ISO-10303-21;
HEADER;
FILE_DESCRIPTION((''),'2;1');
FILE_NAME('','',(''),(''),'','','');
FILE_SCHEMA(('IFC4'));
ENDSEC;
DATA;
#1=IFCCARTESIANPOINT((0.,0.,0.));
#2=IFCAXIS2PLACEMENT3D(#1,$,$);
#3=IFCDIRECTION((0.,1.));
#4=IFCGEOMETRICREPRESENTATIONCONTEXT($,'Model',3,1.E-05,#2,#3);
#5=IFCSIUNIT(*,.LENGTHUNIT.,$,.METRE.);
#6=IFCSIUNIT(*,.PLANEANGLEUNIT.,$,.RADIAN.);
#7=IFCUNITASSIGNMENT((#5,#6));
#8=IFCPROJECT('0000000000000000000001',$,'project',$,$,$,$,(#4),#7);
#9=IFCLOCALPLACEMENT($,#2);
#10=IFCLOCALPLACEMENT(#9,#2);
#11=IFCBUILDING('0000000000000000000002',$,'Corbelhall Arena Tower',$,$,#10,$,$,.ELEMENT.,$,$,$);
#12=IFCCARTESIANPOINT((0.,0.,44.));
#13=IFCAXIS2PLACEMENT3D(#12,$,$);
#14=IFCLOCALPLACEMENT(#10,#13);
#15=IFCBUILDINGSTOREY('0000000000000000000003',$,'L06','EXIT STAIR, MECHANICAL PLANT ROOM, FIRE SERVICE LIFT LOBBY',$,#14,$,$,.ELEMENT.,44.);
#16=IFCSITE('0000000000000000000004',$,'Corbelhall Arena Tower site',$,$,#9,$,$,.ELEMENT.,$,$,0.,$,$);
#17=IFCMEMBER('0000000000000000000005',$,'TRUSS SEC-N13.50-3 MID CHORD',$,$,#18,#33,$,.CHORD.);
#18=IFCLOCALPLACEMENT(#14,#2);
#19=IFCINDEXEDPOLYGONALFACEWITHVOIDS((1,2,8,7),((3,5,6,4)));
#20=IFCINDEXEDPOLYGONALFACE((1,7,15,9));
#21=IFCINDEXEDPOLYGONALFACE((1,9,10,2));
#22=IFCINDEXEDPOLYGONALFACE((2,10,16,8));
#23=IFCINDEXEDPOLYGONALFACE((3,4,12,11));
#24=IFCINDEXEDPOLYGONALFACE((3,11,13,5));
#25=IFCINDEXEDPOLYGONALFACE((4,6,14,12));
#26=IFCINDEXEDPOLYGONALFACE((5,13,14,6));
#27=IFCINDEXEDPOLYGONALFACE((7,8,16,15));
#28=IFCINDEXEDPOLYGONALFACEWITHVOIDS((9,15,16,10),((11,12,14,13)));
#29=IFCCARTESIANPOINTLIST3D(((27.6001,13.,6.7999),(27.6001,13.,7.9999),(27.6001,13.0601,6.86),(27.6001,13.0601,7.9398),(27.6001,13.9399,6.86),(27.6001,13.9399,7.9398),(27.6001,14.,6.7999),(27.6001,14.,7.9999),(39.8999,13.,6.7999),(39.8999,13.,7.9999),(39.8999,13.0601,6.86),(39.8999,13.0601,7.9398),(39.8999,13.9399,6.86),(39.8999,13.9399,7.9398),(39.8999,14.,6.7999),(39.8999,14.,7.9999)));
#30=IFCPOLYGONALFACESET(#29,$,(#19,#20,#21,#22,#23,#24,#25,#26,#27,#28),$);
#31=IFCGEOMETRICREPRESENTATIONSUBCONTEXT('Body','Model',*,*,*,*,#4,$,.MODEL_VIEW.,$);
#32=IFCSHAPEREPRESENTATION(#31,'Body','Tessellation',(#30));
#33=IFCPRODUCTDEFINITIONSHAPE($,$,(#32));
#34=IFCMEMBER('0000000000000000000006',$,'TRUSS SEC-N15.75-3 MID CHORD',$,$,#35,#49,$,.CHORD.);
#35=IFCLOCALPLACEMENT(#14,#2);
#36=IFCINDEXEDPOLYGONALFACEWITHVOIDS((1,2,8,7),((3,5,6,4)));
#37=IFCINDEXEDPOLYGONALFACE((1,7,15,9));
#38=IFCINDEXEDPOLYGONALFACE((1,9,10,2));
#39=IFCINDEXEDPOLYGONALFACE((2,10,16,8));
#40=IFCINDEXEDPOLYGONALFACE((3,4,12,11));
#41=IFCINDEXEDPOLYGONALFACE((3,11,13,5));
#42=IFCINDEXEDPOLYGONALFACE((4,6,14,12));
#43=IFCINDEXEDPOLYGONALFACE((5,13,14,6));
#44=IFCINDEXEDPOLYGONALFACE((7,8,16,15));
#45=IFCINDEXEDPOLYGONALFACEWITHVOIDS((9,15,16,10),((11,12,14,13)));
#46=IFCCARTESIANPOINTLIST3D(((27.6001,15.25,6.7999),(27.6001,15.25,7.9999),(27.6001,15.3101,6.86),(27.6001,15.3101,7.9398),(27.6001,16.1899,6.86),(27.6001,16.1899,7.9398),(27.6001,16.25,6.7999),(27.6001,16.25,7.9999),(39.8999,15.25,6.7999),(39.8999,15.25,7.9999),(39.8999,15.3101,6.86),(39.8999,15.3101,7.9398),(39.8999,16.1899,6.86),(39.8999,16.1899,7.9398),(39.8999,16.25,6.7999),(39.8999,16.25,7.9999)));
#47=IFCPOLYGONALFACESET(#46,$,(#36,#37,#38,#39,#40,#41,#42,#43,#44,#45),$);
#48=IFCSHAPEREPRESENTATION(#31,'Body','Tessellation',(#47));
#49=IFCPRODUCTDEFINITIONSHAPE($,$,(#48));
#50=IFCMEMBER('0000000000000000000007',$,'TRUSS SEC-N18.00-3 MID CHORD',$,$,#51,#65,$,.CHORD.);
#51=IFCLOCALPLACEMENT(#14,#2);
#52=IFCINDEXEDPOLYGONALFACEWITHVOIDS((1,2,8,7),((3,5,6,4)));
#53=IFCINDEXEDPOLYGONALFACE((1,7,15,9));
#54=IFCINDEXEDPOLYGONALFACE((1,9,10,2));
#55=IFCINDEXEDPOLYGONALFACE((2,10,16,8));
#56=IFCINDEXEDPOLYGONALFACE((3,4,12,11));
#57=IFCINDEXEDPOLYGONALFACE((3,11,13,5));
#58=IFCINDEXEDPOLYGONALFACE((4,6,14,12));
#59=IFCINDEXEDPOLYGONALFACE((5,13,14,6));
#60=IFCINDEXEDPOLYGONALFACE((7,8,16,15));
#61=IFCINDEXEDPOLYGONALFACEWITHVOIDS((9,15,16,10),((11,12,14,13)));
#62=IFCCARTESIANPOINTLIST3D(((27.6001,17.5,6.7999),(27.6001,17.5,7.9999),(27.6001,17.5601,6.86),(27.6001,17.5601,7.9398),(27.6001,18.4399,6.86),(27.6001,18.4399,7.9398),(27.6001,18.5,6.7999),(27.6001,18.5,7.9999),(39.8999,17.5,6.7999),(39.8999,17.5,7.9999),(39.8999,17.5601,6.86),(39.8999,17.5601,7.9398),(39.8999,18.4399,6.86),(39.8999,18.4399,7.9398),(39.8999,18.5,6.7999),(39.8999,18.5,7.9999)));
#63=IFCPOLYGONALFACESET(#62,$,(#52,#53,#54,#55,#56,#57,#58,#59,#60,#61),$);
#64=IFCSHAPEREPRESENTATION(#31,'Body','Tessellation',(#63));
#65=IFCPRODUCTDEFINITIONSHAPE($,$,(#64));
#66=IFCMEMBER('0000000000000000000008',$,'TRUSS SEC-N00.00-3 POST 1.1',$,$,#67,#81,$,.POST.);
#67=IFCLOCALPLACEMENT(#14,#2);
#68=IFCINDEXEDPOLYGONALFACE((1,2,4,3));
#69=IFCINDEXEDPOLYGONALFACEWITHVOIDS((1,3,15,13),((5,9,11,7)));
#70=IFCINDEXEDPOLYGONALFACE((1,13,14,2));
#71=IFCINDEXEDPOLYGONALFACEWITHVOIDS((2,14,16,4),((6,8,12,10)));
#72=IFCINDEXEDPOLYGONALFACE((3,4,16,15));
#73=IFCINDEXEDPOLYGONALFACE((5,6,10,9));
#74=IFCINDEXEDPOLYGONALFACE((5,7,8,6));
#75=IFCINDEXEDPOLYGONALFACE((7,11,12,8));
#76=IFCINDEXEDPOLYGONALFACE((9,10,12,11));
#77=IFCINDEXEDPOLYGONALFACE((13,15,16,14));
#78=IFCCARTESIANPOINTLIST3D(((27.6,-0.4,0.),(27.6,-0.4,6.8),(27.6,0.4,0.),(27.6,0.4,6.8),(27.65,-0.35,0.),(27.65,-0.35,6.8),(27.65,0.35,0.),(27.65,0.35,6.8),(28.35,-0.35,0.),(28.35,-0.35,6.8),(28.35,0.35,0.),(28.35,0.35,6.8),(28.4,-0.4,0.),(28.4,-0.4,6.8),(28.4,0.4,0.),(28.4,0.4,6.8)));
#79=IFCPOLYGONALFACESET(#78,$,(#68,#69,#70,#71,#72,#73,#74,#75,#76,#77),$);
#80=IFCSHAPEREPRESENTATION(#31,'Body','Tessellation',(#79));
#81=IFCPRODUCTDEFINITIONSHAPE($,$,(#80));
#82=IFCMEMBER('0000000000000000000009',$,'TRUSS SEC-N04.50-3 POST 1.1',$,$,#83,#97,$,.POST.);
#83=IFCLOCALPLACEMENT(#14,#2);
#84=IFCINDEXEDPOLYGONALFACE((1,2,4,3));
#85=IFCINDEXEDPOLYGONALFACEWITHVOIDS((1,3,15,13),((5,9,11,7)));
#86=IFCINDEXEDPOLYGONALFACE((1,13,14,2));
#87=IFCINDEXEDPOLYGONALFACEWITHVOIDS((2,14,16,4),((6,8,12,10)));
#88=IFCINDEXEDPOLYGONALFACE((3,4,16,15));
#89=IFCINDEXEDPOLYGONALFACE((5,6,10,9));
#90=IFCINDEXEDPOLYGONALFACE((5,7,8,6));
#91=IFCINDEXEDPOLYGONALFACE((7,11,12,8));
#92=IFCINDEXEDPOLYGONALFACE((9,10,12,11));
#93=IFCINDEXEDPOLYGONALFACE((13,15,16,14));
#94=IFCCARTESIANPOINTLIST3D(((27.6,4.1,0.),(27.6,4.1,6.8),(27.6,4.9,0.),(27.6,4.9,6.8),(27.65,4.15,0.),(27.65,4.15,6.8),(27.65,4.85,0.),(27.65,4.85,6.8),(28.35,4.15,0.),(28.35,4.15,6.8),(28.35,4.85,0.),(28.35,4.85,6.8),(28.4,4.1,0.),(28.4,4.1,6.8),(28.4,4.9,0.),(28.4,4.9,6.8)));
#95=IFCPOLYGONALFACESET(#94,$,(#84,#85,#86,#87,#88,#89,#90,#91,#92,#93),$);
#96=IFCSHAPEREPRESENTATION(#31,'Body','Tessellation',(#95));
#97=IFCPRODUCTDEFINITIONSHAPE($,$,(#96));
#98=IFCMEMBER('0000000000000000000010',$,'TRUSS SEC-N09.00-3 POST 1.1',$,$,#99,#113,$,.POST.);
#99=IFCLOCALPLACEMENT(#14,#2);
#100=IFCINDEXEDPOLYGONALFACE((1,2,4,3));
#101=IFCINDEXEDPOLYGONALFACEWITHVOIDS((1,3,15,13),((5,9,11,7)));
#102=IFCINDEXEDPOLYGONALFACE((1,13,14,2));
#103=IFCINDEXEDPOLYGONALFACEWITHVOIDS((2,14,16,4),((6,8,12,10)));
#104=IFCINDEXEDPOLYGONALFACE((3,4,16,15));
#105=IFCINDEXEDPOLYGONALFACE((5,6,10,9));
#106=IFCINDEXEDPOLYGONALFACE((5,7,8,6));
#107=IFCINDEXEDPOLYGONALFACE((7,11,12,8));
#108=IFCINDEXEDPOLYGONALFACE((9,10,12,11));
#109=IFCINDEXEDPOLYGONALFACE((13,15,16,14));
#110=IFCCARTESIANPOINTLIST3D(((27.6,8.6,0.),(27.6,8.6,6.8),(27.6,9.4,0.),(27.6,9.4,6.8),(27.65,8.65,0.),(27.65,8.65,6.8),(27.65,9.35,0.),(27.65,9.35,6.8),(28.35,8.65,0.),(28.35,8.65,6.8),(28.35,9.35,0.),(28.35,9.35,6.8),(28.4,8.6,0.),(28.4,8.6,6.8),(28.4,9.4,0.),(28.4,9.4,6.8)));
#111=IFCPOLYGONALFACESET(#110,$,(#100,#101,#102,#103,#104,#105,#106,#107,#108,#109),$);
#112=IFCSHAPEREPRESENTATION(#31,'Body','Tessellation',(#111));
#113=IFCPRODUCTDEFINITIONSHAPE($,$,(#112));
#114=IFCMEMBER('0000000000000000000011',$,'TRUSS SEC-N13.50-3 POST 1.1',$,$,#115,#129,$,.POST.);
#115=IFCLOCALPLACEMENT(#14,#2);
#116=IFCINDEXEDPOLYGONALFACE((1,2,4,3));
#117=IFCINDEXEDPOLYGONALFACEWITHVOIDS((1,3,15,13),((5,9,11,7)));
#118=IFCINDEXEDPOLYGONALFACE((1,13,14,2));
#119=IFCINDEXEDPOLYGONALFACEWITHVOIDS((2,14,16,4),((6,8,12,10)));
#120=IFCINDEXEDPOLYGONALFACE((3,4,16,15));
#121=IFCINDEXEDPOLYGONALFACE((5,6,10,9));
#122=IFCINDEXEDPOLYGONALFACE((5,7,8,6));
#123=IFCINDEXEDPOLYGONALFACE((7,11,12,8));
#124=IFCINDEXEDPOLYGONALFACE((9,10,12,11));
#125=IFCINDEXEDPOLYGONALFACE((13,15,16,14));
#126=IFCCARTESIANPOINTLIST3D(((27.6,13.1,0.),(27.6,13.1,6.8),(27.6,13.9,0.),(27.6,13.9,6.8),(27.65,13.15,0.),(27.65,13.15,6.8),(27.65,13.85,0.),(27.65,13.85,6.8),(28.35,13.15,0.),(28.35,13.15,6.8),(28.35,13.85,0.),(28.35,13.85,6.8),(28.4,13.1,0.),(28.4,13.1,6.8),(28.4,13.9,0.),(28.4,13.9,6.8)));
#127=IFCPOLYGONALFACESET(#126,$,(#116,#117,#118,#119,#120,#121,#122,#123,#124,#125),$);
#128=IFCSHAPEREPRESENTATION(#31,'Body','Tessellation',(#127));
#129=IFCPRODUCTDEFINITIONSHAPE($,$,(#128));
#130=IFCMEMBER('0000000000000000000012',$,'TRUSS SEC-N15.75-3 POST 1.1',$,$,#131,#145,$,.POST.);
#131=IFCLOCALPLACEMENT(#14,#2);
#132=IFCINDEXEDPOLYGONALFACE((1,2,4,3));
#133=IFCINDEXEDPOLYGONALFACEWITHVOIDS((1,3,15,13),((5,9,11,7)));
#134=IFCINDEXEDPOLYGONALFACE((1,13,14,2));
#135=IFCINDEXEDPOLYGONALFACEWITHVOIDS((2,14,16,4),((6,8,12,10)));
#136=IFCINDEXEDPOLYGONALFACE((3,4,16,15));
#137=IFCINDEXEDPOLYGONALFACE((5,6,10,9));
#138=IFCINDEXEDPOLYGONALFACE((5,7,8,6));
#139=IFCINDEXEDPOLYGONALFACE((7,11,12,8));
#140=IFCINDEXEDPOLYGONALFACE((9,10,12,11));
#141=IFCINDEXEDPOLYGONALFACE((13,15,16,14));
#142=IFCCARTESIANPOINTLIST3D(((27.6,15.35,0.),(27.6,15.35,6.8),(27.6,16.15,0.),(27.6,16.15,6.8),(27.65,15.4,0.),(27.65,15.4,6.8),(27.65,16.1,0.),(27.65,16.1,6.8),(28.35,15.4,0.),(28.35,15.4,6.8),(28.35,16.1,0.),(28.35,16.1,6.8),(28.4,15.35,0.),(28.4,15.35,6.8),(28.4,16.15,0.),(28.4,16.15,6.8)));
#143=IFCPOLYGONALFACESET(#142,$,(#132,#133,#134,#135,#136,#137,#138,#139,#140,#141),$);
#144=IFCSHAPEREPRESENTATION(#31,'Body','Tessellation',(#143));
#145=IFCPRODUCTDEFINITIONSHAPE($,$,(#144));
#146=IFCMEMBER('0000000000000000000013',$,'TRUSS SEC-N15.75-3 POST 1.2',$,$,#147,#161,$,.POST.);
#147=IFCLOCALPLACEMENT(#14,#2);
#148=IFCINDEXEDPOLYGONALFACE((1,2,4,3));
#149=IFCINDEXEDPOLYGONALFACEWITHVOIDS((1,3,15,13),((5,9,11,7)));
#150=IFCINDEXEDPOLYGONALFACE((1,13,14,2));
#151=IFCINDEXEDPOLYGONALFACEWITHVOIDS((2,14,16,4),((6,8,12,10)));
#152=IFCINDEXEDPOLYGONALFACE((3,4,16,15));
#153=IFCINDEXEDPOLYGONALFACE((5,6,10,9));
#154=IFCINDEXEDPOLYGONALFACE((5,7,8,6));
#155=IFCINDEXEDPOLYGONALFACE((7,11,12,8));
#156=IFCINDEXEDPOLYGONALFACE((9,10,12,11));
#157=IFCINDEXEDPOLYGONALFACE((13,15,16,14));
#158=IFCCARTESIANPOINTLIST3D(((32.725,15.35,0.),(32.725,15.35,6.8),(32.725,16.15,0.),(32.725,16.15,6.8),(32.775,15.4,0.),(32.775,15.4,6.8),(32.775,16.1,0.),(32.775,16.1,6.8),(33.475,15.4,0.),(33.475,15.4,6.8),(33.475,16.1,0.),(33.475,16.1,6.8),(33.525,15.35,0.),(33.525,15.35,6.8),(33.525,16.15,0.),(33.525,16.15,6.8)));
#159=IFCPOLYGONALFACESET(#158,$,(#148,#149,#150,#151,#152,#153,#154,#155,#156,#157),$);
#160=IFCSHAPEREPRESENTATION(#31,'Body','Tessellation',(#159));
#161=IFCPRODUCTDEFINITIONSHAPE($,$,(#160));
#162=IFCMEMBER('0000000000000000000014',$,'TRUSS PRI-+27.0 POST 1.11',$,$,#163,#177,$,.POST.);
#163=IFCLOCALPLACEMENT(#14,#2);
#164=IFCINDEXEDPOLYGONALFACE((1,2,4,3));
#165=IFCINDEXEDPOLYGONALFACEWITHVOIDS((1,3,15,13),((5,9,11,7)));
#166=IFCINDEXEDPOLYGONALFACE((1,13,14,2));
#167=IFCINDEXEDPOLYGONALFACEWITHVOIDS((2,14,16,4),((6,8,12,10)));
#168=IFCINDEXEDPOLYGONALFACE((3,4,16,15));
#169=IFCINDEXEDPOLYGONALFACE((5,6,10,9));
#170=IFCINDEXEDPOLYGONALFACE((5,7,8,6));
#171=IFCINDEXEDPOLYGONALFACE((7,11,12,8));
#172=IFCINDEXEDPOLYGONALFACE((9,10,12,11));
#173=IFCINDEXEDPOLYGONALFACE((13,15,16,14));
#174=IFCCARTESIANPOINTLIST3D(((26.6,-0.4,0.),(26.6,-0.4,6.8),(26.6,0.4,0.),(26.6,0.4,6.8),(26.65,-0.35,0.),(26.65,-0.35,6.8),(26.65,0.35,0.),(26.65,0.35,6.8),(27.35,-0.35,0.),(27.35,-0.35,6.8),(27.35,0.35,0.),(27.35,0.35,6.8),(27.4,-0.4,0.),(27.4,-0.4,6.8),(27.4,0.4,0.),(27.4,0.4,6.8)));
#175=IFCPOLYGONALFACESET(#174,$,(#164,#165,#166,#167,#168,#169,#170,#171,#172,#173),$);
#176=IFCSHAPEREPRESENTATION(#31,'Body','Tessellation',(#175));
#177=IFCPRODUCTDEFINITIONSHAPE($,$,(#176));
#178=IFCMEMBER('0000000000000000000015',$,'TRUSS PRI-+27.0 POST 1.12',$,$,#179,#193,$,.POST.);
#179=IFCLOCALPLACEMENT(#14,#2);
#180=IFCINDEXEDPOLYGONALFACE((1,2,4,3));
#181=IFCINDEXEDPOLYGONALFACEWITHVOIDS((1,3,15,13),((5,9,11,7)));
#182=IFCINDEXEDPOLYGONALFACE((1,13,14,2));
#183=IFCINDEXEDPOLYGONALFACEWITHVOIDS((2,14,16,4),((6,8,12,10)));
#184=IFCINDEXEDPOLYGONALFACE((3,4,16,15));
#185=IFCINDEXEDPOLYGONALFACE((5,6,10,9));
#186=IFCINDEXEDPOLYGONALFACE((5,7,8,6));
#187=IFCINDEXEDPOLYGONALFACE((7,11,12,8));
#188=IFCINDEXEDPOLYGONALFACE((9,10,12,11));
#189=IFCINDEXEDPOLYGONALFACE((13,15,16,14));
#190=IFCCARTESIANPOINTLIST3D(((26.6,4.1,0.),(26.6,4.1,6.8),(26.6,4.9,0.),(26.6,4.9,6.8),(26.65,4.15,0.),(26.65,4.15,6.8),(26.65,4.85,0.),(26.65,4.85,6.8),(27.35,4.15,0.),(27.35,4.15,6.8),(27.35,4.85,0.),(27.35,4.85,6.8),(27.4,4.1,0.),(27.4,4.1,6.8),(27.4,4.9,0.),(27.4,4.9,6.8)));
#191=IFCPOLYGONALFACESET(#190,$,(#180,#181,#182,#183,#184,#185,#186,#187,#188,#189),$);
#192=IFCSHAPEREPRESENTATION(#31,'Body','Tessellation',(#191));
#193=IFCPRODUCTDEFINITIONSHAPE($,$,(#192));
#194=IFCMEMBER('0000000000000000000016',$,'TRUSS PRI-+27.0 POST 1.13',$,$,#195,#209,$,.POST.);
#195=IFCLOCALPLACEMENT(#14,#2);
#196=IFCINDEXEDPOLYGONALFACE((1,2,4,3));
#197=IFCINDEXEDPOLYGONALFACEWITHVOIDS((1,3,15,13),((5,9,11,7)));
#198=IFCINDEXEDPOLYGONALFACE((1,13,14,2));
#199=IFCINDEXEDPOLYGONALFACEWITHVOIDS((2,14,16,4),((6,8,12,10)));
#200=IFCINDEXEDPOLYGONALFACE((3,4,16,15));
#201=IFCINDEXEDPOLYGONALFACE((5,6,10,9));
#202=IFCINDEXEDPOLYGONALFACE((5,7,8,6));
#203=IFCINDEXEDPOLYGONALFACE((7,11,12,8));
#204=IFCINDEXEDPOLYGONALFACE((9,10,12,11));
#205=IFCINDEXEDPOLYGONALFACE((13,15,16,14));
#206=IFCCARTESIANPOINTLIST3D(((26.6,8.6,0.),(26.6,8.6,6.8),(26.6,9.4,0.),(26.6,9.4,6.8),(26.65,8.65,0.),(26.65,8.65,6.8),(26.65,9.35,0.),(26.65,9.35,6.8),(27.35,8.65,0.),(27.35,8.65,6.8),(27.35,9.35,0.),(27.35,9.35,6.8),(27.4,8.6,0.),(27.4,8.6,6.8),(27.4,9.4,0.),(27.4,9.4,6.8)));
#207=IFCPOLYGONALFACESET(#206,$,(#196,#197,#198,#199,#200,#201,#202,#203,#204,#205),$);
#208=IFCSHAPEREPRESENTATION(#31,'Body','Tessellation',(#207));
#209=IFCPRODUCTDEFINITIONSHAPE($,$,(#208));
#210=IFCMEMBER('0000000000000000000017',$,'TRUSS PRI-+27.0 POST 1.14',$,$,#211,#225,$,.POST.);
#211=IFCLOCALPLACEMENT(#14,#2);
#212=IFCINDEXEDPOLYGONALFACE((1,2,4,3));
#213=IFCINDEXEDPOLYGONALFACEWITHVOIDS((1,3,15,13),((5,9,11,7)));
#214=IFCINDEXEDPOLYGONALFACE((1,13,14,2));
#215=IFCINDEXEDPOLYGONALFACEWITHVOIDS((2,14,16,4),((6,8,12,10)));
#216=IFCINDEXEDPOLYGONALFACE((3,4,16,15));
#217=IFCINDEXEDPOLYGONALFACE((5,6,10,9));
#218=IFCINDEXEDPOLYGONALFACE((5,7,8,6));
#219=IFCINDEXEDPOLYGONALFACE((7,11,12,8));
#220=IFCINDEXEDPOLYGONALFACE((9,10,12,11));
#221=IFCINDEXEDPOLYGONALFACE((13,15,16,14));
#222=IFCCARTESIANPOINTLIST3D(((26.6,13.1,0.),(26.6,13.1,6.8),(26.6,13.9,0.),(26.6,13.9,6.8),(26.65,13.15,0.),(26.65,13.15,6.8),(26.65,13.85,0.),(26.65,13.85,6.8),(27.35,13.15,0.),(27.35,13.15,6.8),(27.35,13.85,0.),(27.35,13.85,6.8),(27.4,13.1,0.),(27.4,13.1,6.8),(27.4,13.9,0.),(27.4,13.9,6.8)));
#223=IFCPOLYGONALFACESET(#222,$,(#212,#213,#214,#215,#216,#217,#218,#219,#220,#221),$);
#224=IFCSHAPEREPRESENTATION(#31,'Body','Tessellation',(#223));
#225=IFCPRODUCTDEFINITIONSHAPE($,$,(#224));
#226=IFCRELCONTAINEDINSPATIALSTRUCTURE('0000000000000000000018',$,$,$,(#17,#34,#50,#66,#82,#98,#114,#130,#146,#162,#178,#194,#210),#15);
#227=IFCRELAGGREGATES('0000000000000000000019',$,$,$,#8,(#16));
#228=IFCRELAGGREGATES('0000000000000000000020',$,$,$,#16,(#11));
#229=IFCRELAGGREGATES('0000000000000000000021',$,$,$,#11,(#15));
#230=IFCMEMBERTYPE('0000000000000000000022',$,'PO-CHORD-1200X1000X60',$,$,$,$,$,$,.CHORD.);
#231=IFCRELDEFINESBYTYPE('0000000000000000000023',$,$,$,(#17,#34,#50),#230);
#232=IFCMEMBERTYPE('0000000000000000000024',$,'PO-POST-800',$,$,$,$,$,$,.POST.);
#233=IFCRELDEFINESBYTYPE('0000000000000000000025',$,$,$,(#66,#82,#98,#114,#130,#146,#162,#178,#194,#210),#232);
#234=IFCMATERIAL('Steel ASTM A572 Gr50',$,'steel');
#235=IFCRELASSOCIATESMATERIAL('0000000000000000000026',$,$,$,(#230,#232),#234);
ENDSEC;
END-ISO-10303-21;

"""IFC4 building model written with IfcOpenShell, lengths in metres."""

from ifc_helpers import new_model, si_unit, direction, frame, origin, origin_2d, place, context, subcontext, project, spatial, hollow_rectangle, extrude, material, material_profile, profile_set, type_object, element, save


model = new_model("IFC4")

# Units and contexts
model_context = context("Model", 3, precision=1e-05, world=origin(), true_north=direction((0.0, 1.0)))
body_context = subcontext(model_context, "Body", "Model", "MODEL_VIEW")
ifc_project = project(units=[si_unit("LENGTHUNIT", "METRE"), si_unit("PLANEANGLEUNIT", "RADIAN")], contexts=[model_context])

# Site, building, storey
site_placement = place(None, origin())
site = spatial("IfcSite", under=ifc_project, at=site_placement, Name="Corbelhall Arena Tower site", CompositionType="ELEMENT", RefElevation=0.0)
building_placement = place(site_placement, origin())
building = spatial("IfcBuilding", under=site, at=building_placement, Name="Corbelhall Arena Tower", CompositionType="ELEMENT")
storey_placement = place(building_placement, frame((0.0, 0.0, 44.0)))
storey = spatial("IfcBuildingStorey", under=building, at=storey_placement, Name="L06", Description="EXIT STAIR, MECHANICAL PLANT ROOM, FIRE SERVICE LIFT LOBBY", CompositionType="ELEMENT", Elevation=44.0)

# Members
ifc_material = material(Name="Steel ASTM A572 Gr50", Category="steel")
ifc_material_profile_1 = material_profile(ifc_material, hollow_rectangle(XDim=1.0, YDim=1.2, WallThickness=0.0601, at=origin_2d()))
ifc_profile_set_1 = profile_set([ifc_material_profile_1], Name="Steel ASTM A572 Gr50")
member_type_1 = type_object("IfcMemberType", Name="PO-CHORD-1200X1000X60", PredefinedType="CHORD", material=ifc_profile_set_1)
for number, where, z_axis, x_axis, name in (
    (1, (27.6001, 13.5, 7.3999), (1.0, 0.0, 0.0), (0.0, 1.0, 0.0), "TRUSS SEC-N13.50-3 MID CHORD"),
    (2, (27.6001, 15.75, 7.3999), (1.0, 0.0, 0.0), (0.0, 1.0, 0.0), "TRUSS SEC-N15.75-3 MID CHORD"),
    (3, (27.6001, 18.0, 7.3999), (1.0, 0.0, 0.0), (0.0, 1.0, 0.0), "TRUSS SEC-N18.00-3 MID CHORD"),
):
    element("IfcMember", number, at=place(storey_placement, frame(where, z_axis=z_axis, x_axis=x_axis)), inside=storey, type_object=member_type_1, Name=name, PredefinedType="CHORD", context=body_context, shape_type="SweptSolid", body=[
        extrude(hollow_rectangle(XDim=1.0, YDim=1.2, WallThickness=0.0601, at=origin_2d()), origin(), (0.0, 0.0, 1.0), 12.2998),
    ])
ifc_material_profile_2 = material_profile(ifc_material, hollow_rectangle(XDim=0.8, YDim=0.8, WallThickness=0.05, at=origin_2d()))
ifc_profile_set_2 = profile_set([ifc_material_profile_2], Name="Steel ASTM A572 Gr50")
member_type_2 = type_object("IfcMemberType", Name="PO-POST-800", PredefinedType="POST", material=ifc_profile_set_2)
for number, where, z_axis, x_axis, name in (
    (4, (28.0, 0.0, 0.0), (0.0, 0.0, 1.0), (1.0, 0.0, 0.0), "TRUSS SEC-N00.00-3 POST 1.1"),
    (5, (28.0, 4.5, 0.0), (0.0, 0.0, 1.0), (1.0, 0.0, 0.0), "TRUSS SEC-N04.50-3 POST 1.1"),
    (6, (28.0, 9.0, 0.0), (0.0, 0.0, 1.0), (1.0, 0.0, 0.0), "TRUSS SEC-N09.00-3 POST 1.1"),
    (7, (28.0, 13.5, 0.0), (0.0, 0.0, 1.0), (1.0, 0.0, 0.0), "TRUSS SEC-N13.50-3 POST 1.1"),
    (8, (28.0, 15.75, 0.0), (0.0, 0.0, 1.0), (1.0, 0.0, 0.0), "TRUSS SEC-N15.75-3 POST 1.1"),
    (9, (33.125, 15.75, 0.0), (0.0, 0.0, 1.0), (1.0, 0.0, 0.0), "TRUSS SEC-N15.75-3 POST 1.2"),
    (10, (27.0, 0.0, 0.0), (0.0, 0.0, 1.0), (1.0, 0.0, 0.0), "TRUSS PRI-+27.0 POST 1.11"),
    (11, (27.0, 4.5, 0.0), (0.0, 0.0, 1.0), (1.0, 0.0, 0.0), "TRUSS PRI-+27.0 POST 1.12"),
    (12, (27.0, 9.0, 0.0), (0.0, 0.0, 1.0), (1.0, 0.0, 0.0), "TRUSS PRI-+27.0 POST 1.13"),
    (13, (27.0, 13.5, 0.0), (0.0, 0.0, 1.0), (1.0, 0.0, 0.0), "TRUSS PRI-+27.0 POST 1.14"),
):
    element("IfcMember", number, at=place(storey_placement, frame(where, z_axis=z_axis, x_axis=x_axis)), inside=storey, type_object=member_type_2, Name=name, PredefinedType="POST", context=body_context, shape_type="SweptSolid", body=[
        extrude(hollow_rectangle(XDim=0.8, YDim=0.8, WallThickness=0.05, at=origin_2d()), origin(), (0.0, 0.0, 1.0), 6.8),
    ])

save(model, "model.ifc")
